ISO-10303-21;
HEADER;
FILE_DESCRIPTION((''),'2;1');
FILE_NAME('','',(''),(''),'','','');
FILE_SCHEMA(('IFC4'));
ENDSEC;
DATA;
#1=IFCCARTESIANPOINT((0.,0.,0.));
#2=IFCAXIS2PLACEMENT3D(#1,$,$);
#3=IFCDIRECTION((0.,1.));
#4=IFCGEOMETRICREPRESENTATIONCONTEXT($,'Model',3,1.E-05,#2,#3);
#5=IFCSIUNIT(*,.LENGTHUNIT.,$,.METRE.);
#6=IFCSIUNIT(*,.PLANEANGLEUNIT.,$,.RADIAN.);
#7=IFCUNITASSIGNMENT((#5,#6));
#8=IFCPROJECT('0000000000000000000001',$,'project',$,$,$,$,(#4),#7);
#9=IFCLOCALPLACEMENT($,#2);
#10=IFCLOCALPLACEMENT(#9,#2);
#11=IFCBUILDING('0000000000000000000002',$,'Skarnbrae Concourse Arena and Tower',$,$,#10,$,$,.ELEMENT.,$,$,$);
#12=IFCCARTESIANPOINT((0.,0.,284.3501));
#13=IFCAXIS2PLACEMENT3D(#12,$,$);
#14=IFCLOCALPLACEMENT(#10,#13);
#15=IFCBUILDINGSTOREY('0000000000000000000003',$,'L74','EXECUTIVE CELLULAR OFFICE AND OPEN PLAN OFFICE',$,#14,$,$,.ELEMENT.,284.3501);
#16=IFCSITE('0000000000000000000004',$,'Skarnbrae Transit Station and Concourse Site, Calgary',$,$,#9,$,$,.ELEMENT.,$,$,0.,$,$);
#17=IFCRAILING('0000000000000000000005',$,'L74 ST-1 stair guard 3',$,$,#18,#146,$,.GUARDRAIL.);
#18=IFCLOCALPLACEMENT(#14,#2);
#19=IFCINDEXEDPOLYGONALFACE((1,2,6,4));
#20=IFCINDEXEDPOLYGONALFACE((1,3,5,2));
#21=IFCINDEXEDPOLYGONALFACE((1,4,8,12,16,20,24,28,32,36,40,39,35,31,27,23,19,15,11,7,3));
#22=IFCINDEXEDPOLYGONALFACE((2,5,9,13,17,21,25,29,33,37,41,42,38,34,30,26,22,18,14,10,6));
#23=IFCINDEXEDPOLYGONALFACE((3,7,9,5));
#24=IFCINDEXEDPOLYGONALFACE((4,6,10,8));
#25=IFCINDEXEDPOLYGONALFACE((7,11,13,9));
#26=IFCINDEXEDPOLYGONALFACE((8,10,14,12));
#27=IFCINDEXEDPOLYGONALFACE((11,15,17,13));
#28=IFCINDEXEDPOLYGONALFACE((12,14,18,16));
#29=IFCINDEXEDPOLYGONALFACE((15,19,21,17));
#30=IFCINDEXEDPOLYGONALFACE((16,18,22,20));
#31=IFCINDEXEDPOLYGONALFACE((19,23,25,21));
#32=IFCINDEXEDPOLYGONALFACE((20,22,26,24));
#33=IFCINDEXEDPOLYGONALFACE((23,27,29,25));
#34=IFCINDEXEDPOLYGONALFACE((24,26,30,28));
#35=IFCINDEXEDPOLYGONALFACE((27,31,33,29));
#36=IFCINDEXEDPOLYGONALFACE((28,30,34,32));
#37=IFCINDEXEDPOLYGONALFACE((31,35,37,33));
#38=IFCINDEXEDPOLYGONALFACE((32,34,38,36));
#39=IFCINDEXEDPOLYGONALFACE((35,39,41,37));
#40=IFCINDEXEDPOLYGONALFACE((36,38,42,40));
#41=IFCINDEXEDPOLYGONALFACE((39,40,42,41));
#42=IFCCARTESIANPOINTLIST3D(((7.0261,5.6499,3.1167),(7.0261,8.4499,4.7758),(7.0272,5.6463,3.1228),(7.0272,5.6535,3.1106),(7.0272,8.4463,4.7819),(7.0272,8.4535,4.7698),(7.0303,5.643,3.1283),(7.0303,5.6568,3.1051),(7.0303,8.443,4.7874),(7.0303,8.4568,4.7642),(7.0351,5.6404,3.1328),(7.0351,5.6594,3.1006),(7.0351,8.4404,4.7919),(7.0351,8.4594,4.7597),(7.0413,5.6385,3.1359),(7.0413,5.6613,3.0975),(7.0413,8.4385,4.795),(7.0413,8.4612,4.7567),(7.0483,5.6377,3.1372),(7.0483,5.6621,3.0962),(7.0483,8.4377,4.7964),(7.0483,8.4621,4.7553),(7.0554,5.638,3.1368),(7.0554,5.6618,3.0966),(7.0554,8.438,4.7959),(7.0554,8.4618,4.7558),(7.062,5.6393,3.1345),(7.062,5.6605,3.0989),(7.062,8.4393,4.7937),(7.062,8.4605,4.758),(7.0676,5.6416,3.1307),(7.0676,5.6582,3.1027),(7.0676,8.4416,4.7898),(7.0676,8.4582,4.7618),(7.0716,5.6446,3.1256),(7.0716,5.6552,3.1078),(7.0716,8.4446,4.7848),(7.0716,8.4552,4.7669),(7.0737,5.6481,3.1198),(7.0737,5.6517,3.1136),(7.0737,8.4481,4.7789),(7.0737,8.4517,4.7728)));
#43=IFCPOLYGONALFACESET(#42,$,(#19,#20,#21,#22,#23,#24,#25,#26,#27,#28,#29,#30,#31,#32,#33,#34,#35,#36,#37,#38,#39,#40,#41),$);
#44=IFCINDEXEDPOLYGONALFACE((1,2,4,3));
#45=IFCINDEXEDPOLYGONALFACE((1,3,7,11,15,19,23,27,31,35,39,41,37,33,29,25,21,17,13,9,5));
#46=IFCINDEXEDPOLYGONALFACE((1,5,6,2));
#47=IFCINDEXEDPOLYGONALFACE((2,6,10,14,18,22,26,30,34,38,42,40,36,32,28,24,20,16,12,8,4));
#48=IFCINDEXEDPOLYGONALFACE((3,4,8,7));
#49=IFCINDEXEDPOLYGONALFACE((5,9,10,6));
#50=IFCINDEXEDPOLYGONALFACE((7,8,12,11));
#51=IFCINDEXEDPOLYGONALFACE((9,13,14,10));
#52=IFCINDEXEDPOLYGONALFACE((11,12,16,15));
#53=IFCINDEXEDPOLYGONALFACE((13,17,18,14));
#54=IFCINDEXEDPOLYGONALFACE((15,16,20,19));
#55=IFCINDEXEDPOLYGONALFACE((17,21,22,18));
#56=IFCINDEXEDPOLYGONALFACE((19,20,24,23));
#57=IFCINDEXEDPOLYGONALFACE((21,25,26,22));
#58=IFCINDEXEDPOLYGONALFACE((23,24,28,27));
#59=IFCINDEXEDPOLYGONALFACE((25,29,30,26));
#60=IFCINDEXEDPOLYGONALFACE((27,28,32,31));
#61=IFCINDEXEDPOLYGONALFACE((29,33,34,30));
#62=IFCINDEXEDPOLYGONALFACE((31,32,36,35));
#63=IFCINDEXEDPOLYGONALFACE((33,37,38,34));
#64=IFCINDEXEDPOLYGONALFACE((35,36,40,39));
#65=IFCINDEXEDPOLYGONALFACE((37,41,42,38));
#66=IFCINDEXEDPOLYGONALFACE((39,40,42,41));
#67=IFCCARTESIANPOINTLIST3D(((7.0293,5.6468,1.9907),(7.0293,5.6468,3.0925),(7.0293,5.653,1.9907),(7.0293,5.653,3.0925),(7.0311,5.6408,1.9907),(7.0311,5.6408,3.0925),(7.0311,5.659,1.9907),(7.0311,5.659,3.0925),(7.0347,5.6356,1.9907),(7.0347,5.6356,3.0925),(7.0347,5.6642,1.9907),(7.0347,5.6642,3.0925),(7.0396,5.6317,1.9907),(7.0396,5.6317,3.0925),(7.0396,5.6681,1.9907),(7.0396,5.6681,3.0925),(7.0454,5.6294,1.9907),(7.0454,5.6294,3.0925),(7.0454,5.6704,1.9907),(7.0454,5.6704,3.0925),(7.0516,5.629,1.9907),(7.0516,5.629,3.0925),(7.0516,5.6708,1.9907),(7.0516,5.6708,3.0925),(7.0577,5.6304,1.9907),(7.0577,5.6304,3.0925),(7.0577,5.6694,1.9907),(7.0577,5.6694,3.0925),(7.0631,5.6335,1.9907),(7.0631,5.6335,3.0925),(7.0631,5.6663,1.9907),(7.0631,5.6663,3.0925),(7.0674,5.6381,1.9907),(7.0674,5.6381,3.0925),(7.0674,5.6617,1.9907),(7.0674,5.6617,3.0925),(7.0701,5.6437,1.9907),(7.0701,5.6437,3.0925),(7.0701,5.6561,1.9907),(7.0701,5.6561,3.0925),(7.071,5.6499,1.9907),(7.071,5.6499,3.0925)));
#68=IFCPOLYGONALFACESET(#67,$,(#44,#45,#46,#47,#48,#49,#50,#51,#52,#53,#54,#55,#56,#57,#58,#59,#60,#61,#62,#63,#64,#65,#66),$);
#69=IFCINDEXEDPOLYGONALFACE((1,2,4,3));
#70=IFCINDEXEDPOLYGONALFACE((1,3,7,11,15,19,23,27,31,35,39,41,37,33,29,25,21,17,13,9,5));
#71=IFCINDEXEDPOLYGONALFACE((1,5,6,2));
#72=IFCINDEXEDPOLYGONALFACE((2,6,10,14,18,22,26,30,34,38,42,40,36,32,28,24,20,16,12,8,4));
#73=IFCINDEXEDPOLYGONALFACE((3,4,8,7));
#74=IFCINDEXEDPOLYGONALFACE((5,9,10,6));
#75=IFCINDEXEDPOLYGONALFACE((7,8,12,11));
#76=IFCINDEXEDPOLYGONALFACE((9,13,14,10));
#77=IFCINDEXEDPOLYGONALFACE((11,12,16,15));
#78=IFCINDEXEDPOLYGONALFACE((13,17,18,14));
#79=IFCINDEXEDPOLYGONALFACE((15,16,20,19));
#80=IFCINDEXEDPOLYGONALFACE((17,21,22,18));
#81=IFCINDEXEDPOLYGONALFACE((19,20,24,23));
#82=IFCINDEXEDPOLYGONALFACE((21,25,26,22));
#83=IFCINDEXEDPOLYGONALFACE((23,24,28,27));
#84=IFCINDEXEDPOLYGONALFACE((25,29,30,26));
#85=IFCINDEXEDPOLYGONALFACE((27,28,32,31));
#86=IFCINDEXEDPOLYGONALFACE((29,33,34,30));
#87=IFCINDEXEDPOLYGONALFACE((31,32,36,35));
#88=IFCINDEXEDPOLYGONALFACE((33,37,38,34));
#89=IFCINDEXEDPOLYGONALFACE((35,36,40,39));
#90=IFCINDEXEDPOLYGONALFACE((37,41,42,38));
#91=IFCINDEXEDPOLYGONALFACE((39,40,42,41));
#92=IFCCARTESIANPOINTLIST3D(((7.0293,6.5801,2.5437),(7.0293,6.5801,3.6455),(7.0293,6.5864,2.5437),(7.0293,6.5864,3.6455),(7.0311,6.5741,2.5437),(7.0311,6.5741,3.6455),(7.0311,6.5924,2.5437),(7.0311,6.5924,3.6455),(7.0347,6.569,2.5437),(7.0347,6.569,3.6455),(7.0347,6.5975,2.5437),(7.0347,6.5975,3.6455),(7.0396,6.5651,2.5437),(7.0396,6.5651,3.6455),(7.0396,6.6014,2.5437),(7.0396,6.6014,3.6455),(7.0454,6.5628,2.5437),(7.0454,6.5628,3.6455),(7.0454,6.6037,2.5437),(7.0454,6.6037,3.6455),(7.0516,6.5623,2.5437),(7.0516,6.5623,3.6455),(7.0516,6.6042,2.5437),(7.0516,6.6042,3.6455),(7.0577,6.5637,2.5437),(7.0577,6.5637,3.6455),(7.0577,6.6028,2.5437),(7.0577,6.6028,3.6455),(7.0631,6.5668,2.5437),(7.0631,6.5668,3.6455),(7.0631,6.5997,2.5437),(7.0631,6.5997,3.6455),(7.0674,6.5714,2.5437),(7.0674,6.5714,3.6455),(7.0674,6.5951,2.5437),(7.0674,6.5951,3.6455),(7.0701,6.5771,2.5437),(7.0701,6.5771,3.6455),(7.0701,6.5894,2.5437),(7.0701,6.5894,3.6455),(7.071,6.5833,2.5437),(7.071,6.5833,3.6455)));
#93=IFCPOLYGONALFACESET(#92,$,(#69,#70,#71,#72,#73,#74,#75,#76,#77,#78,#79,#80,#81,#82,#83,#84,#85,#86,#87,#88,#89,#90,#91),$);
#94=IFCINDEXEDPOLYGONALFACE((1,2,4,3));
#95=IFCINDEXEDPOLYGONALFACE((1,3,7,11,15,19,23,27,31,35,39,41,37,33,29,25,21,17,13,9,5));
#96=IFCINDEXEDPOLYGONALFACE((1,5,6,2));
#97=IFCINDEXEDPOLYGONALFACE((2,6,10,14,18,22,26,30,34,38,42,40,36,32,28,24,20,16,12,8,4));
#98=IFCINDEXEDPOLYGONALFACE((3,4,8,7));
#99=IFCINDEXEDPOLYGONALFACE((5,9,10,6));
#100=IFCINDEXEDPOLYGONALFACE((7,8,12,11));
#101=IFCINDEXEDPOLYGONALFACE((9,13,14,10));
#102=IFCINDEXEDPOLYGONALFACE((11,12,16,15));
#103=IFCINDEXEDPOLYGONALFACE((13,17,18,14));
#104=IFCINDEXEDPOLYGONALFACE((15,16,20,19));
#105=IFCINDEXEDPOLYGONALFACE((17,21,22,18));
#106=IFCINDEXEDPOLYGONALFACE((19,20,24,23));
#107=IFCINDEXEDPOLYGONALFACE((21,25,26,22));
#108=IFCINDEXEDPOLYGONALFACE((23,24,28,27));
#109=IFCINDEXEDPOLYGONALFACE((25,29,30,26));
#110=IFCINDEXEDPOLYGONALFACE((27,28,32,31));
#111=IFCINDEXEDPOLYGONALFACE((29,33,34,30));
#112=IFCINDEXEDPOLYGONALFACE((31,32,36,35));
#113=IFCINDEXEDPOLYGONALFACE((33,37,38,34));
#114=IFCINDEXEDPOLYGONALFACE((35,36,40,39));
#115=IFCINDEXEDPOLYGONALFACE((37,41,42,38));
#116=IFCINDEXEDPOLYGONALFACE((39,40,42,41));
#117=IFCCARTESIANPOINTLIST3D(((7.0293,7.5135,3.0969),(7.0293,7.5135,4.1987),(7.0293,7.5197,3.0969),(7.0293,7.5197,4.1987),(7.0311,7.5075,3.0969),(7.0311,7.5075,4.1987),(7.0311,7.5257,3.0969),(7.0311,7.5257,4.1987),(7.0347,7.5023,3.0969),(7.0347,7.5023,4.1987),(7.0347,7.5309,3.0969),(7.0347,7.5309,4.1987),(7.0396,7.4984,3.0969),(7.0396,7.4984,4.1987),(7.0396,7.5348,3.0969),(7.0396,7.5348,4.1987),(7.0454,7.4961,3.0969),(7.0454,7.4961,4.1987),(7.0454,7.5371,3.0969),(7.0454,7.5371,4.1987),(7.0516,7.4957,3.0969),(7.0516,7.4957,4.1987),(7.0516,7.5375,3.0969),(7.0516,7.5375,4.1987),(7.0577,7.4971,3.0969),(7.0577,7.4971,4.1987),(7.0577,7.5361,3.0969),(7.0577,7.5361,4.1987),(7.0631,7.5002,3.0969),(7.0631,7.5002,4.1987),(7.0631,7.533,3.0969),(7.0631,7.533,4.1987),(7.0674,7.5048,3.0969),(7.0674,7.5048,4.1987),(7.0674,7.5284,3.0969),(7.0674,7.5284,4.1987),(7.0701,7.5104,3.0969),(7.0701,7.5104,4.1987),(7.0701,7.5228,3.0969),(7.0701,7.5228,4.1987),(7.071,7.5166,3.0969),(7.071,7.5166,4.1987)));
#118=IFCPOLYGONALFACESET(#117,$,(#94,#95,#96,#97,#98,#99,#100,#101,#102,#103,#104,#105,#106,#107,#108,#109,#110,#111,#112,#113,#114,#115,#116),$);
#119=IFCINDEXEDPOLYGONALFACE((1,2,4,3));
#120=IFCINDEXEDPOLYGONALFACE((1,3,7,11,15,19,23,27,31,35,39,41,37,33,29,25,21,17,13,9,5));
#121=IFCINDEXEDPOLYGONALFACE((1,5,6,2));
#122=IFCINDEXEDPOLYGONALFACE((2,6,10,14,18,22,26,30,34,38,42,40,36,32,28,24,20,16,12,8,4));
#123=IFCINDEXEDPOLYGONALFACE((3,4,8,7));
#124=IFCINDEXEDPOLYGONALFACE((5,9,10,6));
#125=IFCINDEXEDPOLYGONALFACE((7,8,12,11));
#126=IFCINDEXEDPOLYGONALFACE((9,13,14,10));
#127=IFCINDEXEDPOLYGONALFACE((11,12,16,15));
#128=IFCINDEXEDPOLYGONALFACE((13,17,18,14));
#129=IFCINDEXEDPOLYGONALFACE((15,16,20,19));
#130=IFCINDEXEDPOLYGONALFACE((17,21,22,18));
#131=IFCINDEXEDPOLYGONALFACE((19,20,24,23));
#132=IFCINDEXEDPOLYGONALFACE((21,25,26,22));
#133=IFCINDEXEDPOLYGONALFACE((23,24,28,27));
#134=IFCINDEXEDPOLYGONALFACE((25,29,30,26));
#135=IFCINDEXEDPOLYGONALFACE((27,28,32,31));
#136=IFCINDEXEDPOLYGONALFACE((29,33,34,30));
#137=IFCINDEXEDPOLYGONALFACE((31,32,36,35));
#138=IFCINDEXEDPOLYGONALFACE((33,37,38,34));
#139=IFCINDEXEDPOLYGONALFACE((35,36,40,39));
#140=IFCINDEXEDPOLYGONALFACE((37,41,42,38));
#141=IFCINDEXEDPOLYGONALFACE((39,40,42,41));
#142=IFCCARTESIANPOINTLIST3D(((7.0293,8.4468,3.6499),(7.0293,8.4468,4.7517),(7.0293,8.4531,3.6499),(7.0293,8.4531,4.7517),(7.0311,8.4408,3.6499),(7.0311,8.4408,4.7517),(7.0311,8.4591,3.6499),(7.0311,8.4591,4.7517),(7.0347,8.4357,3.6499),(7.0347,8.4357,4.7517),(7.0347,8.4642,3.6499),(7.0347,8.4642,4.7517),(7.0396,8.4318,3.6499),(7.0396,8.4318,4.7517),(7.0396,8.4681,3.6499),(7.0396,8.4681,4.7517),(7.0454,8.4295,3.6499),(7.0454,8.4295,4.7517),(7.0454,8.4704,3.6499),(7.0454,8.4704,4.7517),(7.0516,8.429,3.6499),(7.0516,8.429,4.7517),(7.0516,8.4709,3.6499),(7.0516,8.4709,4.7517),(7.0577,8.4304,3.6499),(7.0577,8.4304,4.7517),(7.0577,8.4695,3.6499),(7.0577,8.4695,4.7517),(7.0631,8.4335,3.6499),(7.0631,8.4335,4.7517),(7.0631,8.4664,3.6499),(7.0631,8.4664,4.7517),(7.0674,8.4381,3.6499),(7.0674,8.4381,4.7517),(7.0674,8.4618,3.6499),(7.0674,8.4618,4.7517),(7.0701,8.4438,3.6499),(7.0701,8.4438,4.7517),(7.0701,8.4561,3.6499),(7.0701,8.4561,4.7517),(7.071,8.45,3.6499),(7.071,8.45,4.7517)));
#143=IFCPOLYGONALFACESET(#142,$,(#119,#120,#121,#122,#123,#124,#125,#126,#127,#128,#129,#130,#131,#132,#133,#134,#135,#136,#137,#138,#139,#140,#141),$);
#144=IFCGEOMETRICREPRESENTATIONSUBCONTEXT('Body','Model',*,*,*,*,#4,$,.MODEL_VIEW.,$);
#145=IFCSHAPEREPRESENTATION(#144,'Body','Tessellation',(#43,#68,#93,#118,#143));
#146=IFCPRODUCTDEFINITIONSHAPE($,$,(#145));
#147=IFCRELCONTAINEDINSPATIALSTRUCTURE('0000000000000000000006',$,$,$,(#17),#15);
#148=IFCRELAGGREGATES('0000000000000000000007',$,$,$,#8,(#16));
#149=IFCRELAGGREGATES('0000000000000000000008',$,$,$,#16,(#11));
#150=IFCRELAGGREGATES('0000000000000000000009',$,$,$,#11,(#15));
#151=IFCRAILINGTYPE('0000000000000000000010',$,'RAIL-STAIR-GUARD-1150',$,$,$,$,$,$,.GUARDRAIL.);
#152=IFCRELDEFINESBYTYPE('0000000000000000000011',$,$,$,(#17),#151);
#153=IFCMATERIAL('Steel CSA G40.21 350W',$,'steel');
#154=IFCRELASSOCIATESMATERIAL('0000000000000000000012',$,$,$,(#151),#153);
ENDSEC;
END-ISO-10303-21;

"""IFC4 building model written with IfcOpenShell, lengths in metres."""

from ifc_helpers import new_model, si_unit, direction, frame, origin, origin_2d, place, context, subcontext, project, spatial, circle, extrude, material, type_object, element, save


model = new_model("IFC4")

# Units and contexts
model_context = context("Model", 3, precision=1e-05, world=origin(), true_north=direction((0.0, 1.0)))
body_context = subcontext(model_context, "Body", "Model", "MODEL_VIEW")
ifc_project = project(units=[si_unit("LENGTHUNIT", "METRE"), si_unit("PLANEANGLEUNIT", "RADIAN")], contexts=[model_context])

# Site, building, storey
site_placement = place(None, origin())
site = spatial("IfcSite", under=ifc_project, at=site_placement, Name="Skarnbrae Transit Station and Concourse Site, Calgary", CompositionType="ELEMENT", RefElevation=0.0)
building_placement = place(site_placement, origin())
building = spatial("IfcBuilding", under=site, at=building_placement, Name="Skarnbrae Concourse Arena and Tower", CompositionType="ELEMENT")
storey_placement = place(building_placement, frame((0.0, 0.0, 284.3501)))
storey = spatial("IfcBuildingStorey", under=building, at=storey_placement, Name="L74", Description="EXECUTIVE CELLULAR OFFICE AND OPEN PLAN OFFICE", CompositionType="ELEMENT", Elevation=284.3501)

# Shared definitions
ifc_material_1 = material(Name="Steel CSA G40.21 350W", Category="steel")

# Railing
railing_type_1 = type_object("IfcRailingType", Name="RAIL-STAIR-GUARD-1150", PredefinedType="GUARDRAIL", material=ifc_material_1)
railing_1_placement = place(storey_placement, frame((7.05, 5.6499, 1.9907)))
element("IfcRailing", 1, at=railing_1_placement, inside=storey, type_object=railing_type_1, Name="L74 ST-1 stair guard 3", PredefinedType="GUARDRAIL", context=body_context, shape_type="SweptSolid", body=[
    extrude(circle(Radius=0.0239, at=origin_2d()), frame((0.0, 0.0, 1.126), z_axis=(0.0, 0.860306, 0.509778), x_axis=(-1.0, 0.0, 0.0)), (0.0, 0.0, 1.0), 3.2546),
    extrude(circle(Radius=0.021, at=origin_2d()), origin(), (0.0, 0.0, 1.0), 1.1018),
    extrude(circle(Radius=0.021, at=origin_2d()), frame((0.0, 0.9333, 0.553)), (0.0, 0.0, 1.0), 1.1018),
    extrude(circle(Radius=0.021, at=origin_2d()), frame((0.0, 1.8667, 1.1062)), (0.0, 0.0, 1.0), 1.1018),
    extrude(circle(Radius=0.021, at=origin_2d()), frame((0.0, 2.8, 1.6592)), (0.0, 0.0, 1.0), 1.1018),
])

save(model, "model.ifc")
